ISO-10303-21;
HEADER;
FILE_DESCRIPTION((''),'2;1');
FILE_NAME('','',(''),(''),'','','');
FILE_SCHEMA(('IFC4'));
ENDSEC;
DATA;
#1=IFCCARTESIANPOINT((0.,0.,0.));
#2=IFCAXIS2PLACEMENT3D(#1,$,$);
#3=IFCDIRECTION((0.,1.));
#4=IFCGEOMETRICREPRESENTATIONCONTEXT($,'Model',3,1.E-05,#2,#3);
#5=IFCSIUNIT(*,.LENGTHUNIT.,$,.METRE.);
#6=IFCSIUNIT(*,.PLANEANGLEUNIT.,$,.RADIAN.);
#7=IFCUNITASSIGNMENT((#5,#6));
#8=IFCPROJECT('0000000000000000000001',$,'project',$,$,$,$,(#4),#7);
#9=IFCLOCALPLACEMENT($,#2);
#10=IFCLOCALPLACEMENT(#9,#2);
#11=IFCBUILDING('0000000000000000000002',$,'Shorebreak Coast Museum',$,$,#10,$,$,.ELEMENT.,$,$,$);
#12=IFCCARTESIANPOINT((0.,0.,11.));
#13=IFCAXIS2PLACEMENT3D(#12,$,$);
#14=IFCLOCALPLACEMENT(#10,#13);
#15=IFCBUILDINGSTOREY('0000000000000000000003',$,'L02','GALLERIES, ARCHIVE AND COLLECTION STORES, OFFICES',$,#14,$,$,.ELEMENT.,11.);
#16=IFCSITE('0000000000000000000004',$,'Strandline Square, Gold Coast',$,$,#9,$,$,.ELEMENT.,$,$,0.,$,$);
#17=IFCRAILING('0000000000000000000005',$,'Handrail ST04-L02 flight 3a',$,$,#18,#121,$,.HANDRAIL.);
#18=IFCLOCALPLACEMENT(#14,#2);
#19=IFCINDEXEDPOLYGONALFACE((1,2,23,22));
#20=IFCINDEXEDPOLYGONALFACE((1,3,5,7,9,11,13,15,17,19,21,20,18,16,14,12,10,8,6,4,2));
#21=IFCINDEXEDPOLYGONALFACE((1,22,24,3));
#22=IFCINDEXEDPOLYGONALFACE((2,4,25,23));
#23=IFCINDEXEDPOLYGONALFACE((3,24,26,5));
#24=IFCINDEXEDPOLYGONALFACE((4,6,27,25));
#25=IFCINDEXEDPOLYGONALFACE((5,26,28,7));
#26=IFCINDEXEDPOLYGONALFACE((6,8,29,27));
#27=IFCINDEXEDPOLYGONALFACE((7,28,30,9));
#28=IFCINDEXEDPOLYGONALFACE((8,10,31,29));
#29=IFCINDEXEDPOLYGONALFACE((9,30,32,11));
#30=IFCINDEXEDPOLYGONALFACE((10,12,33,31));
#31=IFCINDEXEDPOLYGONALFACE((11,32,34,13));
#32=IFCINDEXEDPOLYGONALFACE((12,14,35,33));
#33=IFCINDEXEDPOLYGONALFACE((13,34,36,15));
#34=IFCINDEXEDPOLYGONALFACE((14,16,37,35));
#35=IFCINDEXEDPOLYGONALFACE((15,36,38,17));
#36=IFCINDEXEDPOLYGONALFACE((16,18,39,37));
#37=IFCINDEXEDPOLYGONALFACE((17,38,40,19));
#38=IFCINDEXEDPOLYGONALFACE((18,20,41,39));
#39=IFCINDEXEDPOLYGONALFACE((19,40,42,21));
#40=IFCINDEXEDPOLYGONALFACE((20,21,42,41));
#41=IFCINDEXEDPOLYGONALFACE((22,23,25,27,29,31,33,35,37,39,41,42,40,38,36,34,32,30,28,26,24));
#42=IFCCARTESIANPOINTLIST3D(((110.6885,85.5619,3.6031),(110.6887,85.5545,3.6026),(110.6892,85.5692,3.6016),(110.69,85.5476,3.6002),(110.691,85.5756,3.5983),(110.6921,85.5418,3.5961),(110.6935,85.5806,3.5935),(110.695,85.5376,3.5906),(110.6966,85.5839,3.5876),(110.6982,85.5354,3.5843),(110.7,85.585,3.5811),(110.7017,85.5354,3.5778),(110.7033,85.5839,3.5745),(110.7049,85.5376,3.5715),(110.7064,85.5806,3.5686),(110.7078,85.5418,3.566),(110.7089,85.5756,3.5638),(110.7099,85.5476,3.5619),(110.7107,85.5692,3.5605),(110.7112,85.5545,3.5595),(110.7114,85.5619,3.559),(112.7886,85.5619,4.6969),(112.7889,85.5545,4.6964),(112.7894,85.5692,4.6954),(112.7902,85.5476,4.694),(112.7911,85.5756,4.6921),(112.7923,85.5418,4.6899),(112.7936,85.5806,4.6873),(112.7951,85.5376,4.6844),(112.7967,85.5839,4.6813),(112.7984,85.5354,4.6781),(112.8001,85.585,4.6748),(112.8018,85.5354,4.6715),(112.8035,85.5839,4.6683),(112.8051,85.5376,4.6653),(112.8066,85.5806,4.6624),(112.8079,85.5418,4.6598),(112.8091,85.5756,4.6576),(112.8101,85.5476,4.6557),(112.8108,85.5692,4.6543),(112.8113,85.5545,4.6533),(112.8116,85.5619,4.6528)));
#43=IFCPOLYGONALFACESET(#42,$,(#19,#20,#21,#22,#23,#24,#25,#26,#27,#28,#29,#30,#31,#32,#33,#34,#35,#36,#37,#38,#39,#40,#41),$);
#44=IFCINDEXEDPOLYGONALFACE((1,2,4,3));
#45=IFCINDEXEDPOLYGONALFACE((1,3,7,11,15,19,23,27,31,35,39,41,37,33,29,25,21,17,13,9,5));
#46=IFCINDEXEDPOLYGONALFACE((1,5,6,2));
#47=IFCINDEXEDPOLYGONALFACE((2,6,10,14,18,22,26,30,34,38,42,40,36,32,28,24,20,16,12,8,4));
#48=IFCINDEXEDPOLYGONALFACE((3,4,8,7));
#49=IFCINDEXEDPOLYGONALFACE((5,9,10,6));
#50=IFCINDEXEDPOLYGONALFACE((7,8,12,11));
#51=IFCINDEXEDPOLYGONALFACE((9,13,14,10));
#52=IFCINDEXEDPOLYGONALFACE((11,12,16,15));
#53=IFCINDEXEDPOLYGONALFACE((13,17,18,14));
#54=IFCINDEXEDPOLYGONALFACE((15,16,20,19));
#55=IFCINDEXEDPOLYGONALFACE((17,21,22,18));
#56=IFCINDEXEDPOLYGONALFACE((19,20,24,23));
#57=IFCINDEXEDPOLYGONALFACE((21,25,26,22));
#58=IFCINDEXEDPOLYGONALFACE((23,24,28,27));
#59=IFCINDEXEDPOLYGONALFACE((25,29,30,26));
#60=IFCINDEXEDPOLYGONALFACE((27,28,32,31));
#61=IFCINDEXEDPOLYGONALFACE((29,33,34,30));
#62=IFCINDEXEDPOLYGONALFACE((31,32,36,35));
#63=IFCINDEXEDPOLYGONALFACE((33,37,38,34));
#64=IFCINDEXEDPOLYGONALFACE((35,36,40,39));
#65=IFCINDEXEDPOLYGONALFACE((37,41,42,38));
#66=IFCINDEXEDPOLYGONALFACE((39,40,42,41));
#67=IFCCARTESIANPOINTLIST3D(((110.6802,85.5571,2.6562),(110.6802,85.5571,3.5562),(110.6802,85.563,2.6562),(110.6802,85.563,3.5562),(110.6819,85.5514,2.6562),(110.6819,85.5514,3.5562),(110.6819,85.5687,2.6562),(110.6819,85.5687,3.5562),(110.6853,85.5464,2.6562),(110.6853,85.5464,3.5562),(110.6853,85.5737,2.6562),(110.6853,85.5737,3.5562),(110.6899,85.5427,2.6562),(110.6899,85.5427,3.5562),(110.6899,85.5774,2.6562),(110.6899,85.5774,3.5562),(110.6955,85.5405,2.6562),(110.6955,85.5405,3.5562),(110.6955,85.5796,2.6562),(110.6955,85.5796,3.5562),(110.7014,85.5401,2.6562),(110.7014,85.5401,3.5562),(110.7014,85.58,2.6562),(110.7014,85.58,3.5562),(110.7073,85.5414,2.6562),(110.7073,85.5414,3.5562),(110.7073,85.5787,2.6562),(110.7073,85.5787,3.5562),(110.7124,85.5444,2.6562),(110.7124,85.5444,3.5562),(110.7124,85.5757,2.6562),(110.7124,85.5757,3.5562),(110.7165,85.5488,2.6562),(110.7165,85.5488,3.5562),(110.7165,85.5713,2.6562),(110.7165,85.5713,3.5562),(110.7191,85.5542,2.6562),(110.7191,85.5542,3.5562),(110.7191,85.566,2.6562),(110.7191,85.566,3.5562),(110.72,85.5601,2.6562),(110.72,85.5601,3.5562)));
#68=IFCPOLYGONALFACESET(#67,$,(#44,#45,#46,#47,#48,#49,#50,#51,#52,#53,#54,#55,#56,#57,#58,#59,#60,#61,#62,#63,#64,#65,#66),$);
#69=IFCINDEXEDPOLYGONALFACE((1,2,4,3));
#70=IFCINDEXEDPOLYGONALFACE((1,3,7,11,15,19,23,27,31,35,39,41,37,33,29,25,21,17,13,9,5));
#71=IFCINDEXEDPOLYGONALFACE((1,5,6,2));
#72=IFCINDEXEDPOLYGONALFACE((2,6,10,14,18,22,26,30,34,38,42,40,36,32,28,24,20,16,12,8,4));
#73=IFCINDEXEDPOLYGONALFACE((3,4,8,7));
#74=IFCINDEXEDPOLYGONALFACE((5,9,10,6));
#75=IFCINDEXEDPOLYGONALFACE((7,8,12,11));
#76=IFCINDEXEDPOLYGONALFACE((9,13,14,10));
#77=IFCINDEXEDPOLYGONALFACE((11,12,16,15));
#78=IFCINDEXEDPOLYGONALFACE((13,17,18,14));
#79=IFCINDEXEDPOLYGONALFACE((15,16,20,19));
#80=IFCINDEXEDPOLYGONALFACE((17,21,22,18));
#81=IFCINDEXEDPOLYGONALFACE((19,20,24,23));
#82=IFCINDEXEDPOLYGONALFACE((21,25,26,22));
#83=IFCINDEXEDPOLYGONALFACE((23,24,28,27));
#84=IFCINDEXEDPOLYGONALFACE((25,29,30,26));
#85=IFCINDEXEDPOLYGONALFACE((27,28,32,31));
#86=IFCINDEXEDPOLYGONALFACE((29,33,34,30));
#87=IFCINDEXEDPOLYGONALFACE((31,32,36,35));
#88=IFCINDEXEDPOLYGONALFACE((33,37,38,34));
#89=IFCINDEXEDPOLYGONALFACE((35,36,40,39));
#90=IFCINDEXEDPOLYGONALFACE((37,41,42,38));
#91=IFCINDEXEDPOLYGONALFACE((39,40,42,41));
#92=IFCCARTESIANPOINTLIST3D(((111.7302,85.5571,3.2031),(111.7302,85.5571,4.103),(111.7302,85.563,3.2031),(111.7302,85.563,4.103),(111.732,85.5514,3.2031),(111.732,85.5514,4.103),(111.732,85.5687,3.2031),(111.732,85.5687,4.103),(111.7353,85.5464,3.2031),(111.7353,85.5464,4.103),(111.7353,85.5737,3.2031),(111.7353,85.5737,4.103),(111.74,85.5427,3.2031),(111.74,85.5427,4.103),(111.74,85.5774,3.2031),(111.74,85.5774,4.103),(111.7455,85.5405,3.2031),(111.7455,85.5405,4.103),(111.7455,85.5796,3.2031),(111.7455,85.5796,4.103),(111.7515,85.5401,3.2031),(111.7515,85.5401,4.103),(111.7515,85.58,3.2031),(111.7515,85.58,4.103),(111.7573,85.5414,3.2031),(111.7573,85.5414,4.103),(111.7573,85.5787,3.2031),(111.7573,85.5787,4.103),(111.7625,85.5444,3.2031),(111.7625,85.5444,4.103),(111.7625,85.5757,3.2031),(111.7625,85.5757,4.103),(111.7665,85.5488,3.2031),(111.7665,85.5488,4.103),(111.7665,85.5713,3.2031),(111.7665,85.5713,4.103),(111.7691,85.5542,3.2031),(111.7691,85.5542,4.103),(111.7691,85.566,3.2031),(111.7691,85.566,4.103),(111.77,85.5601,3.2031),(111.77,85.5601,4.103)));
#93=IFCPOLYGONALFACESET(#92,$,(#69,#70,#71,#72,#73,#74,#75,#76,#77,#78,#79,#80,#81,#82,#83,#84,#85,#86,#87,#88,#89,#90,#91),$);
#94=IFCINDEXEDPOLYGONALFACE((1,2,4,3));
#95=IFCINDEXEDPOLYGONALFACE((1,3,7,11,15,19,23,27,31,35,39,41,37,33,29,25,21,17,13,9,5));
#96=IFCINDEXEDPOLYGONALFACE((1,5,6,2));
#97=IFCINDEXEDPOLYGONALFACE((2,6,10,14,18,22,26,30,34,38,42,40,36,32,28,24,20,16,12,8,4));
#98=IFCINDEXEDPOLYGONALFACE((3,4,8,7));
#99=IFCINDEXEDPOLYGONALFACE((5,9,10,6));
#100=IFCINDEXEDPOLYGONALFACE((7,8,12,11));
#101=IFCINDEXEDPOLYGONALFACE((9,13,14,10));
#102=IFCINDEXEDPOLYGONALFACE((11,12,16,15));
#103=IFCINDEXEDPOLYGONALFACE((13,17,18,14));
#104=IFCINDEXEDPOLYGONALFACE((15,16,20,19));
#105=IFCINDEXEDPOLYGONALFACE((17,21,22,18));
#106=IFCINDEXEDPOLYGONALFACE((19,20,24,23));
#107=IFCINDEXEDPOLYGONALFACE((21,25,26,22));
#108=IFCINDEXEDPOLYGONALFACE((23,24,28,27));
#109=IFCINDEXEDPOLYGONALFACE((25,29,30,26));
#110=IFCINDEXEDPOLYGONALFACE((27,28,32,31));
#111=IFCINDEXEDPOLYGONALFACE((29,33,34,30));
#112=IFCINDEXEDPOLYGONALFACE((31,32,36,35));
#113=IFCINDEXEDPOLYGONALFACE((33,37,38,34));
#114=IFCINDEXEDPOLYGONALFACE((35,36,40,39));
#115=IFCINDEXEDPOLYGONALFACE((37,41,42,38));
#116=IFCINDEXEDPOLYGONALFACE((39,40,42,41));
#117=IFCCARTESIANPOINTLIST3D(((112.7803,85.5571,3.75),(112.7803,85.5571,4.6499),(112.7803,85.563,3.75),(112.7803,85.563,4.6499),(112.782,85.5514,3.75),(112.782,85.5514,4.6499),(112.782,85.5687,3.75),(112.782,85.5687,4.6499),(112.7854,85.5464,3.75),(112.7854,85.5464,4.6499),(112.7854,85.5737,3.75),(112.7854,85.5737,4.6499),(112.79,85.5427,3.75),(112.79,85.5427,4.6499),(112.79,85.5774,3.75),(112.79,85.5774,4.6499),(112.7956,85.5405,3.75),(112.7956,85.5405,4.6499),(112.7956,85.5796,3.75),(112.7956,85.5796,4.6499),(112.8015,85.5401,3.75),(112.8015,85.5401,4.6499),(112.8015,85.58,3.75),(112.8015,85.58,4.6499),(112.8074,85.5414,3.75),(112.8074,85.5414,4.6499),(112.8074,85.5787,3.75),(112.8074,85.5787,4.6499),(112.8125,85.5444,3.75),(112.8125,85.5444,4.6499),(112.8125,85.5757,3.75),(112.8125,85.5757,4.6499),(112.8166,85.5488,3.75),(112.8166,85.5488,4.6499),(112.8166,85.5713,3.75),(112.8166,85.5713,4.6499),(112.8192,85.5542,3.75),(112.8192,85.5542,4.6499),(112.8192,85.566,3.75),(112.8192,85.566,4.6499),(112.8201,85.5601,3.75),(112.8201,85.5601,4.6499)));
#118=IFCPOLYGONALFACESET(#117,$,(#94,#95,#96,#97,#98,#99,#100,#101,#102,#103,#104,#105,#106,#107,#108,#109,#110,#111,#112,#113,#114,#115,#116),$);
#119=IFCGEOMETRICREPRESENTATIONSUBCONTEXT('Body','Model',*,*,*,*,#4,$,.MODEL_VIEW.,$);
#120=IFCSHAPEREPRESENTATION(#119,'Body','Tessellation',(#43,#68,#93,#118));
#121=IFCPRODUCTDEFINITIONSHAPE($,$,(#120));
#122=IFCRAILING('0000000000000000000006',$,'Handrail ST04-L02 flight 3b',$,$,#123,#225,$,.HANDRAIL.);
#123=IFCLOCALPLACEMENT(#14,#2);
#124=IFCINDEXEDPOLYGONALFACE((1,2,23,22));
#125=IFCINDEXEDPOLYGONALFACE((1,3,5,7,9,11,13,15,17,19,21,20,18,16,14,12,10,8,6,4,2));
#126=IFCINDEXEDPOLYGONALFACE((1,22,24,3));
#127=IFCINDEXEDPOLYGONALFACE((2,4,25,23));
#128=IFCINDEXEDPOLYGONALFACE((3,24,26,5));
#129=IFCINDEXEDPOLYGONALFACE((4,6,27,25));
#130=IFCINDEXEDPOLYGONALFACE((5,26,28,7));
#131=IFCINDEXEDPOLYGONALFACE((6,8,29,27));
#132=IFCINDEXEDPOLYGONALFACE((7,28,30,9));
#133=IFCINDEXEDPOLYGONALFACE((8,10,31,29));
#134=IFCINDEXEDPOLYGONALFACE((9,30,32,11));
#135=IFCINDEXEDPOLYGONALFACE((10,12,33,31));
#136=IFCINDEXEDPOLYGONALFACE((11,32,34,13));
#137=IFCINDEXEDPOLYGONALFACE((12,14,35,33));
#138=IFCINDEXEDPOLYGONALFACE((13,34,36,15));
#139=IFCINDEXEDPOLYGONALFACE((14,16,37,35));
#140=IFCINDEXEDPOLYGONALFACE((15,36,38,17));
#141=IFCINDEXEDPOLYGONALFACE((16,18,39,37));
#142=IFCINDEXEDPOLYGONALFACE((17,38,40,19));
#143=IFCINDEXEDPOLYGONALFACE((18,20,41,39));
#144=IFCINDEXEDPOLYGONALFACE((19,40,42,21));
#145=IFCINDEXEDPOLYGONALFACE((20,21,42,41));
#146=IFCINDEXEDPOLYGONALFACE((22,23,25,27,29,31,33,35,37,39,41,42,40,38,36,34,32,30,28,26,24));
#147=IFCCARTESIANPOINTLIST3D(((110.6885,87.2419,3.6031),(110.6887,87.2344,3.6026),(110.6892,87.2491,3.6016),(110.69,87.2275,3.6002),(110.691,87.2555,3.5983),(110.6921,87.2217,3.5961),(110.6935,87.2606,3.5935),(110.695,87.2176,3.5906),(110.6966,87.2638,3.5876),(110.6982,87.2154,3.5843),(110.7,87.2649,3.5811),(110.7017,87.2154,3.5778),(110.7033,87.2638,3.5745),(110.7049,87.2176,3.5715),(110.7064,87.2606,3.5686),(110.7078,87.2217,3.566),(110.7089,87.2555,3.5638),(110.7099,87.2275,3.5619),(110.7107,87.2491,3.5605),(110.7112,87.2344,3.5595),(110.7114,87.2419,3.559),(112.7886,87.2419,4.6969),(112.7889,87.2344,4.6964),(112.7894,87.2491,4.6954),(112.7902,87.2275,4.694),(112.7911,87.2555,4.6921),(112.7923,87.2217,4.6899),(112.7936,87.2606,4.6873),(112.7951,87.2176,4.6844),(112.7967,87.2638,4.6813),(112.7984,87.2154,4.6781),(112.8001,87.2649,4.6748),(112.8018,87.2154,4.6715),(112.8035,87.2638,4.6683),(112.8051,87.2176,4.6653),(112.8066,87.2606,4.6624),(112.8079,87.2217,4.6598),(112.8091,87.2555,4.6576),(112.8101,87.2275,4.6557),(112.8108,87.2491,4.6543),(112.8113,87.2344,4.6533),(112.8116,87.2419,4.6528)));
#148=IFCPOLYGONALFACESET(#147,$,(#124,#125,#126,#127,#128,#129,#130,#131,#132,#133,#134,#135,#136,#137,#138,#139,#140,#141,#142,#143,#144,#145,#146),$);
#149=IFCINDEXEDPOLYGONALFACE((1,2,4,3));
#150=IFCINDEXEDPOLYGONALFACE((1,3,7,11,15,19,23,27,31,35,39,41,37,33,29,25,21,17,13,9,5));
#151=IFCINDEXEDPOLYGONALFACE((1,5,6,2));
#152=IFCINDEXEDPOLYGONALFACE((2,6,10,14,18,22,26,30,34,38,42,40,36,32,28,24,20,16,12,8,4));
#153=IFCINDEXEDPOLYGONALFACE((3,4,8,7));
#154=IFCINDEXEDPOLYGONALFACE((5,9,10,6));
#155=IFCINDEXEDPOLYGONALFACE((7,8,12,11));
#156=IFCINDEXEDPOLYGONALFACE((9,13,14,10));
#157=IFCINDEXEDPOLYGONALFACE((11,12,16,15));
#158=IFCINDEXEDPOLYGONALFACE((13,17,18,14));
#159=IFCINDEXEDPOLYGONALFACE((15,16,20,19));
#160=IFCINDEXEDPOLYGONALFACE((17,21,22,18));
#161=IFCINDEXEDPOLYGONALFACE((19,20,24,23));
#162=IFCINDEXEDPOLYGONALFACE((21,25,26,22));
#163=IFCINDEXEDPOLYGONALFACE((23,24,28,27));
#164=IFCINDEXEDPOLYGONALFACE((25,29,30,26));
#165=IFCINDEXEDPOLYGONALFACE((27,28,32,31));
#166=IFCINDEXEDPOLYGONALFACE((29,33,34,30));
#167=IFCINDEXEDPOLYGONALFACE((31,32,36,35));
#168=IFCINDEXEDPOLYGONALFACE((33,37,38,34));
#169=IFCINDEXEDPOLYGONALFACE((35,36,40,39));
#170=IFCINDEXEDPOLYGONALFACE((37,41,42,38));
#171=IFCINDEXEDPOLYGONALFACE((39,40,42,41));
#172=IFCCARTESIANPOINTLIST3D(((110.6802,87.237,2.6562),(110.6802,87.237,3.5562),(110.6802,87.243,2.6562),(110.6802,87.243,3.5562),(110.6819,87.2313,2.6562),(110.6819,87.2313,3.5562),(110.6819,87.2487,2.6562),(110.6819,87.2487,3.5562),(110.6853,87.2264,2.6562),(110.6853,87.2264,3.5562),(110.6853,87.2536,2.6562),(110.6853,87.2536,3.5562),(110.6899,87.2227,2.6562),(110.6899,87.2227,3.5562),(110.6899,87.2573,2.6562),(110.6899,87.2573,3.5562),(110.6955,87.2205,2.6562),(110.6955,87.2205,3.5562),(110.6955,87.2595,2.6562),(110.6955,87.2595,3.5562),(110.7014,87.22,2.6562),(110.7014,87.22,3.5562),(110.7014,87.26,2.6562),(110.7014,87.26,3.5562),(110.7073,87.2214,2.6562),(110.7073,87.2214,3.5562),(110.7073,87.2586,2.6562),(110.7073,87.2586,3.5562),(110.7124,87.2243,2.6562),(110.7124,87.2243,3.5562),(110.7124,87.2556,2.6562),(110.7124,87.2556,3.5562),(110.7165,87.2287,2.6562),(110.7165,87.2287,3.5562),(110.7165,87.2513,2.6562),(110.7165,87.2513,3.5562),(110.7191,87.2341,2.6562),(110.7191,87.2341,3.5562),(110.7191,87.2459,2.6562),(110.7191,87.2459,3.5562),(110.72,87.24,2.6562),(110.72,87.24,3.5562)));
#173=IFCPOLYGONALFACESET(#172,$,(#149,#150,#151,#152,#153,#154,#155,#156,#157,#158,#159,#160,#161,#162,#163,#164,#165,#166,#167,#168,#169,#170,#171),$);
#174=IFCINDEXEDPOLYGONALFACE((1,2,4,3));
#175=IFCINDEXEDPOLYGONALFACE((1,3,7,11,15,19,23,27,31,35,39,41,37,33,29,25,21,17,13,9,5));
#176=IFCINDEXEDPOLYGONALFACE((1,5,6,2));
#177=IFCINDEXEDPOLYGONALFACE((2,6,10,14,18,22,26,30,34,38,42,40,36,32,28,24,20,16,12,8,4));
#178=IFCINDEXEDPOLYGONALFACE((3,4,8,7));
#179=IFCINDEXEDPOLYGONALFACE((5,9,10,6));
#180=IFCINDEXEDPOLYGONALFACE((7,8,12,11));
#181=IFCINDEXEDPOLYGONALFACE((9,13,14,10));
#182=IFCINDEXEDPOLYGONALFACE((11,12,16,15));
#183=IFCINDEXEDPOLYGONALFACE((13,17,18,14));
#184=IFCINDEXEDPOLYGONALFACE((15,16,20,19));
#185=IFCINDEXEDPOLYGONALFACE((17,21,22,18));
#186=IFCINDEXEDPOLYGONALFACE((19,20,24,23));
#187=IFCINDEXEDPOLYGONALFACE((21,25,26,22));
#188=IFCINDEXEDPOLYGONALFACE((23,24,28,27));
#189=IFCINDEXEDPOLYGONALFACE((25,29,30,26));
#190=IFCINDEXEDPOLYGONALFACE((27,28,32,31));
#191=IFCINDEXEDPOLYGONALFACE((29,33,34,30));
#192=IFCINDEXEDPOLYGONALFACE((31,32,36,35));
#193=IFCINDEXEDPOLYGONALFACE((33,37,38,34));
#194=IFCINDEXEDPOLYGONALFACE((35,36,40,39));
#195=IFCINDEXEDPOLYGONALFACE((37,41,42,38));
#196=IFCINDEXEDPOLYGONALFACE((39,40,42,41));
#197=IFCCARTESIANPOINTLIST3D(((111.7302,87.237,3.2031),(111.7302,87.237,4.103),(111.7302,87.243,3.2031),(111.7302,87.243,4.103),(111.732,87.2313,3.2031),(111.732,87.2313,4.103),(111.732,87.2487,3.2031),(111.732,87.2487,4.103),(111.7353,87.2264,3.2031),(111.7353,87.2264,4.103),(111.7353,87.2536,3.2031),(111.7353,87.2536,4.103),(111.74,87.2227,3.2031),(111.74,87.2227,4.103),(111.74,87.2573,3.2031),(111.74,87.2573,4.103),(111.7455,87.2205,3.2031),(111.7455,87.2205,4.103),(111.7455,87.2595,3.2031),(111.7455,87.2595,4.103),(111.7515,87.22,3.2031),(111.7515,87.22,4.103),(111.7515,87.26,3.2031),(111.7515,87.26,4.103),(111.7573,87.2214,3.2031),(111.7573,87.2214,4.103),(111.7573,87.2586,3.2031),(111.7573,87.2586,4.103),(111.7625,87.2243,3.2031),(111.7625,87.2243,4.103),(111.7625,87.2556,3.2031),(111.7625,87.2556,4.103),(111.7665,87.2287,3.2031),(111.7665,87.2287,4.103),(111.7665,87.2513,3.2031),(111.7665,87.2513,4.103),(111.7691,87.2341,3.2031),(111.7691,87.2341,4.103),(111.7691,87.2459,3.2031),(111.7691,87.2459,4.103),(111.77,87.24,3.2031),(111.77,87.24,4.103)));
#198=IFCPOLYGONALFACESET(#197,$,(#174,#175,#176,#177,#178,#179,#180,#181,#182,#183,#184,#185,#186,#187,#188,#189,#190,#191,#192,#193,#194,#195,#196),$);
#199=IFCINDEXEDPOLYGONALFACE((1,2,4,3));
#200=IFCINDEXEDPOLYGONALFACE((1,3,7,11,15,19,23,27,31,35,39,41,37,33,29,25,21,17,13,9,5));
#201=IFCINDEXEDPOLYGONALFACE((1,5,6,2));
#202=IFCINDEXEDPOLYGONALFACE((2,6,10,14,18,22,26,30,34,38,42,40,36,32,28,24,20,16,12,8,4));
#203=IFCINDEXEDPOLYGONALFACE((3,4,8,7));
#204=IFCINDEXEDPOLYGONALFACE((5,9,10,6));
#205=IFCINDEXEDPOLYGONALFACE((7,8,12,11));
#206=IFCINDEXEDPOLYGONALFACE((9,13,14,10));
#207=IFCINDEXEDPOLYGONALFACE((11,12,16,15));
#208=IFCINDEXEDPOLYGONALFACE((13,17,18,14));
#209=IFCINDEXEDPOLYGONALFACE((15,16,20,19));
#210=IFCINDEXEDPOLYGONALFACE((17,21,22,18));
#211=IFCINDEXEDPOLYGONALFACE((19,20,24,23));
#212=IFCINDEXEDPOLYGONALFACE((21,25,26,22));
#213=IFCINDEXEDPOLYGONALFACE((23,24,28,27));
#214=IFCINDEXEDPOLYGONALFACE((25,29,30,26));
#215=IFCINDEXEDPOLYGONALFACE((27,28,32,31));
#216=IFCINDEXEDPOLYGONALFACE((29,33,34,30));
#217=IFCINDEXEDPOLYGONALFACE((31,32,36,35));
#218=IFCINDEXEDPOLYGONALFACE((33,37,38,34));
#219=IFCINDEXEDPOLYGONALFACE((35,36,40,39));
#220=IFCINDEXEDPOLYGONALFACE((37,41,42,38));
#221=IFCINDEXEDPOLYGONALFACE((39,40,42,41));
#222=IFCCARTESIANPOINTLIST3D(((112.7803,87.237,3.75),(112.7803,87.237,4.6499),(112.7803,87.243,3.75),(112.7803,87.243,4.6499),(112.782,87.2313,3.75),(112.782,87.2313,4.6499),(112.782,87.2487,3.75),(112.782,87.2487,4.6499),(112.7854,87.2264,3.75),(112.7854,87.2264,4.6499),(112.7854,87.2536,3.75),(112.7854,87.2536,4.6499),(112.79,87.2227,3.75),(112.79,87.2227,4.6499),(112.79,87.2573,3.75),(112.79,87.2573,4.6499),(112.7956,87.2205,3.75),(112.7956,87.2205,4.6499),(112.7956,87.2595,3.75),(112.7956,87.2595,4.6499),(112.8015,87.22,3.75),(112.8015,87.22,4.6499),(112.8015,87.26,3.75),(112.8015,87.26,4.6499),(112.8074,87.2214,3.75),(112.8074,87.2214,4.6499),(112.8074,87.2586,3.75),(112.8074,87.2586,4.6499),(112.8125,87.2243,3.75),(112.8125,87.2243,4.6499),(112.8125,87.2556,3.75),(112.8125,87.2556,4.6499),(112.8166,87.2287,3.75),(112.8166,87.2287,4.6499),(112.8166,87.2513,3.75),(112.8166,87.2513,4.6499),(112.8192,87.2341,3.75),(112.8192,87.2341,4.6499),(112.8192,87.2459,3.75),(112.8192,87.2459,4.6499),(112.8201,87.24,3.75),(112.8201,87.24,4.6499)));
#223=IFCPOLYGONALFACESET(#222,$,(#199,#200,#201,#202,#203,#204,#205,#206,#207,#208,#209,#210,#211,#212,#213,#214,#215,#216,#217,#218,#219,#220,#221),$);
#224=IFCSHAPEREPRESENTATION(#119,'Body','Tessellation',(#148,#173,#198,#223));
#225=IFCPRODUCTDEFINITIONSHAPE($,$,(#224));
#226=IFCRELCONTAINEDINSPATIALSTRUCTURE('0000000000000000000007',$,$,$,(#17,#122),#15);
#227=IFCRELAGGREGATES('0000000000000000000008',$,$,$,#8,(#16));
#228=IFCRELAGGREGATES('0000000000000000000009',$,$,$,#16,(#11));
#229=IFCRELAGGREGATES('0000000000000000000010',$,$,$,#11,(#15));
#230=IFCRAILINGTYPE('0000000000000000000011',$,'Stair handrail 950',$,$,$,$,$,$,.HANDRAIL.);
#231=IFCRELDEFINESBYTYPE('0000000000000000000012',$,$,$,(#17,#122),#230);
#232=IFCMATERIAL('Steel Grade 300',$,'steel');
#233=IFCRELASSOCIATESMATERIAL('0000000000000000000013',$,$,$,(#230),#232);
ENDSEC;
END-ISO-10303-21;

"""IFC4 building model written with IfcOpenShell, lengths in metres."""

from ifc_helpers import new_model, si_unit, direction, frame, origin, origin_2d, place, context, subcontext, project, spatial, circle, extrude, material, type_object, element, save


model = new_model("IFC4")

# Units and contexts
model_context = context("Model", 3, precision=1e-05, world=origin(), true_north=direction((0.0, 1.0)))
body_context = subcontext(model_context, "Body", "Model", "MODEL_VIEW")
ifc_project = project(units=[si_unit("LENGTHUNIT", "METRE"), si_unit("PLANEANGLEUNIT", "RADIAN")], contexts=[model_context])

# Site, building, storey
site_placement = place(None, origin())
site = spatial("IfcSite", under=ifc_project, at=site_placement, Name="Strandline Square, Gold Coast", CompositionType="ELEMENT", RefElevation=0.0)
building_placement = place(site_placement, origin())
building = spatial("IfcBuilding", under=site, at=building_placement, Name="Shorebreak Coast Museum", CompositionType="ELEMENT")
storey_placement = place(building_placement, frame((0.0, 0.0, 11.0)))
storey = spatial("IfcBuildingStorey", under=building, at=storey_placement, Name="L02", Description="GALLERIES, ARCHIVE AND COLLECTION STORES, OFFICES", CompositionType="ELEMENT", Elevation=11.0)

# Railings
ifc_material_1 = material(Name="Steel Grade 300", Category="steel")
railing_type_1 = type_object("IfcRailingType", Name="Stair handrail 950", PredefinedType="HANDRAIL", material=ifc_material_1)
for number, where, name in (
    (1, (110.7, 85.5601, 2.6562), "Handrail ST04-L02 flight 3a"),
    (2, (110.7, 87.24, 2.6562), "Handrail ST04-L02 flight 3b"),
):
    element("IfcRailing", number, at=place(storey_placement, frame(where)), inside=storey, type_object=railing_type_1, Name=name, PredefinedType="HANDRAIL", context=body_context, shape_type="SweptSolid", body=[
        extrude(circle(Radius=0.0249, at=origin_2d()), frame((0.0, 0.0, 0.9248), z_axis=(0.886923, 0.0, 0.461918), x_axis=(0.0, 1.0, 0.0)), (0.0, 0.0, 1.0), 2.3679),
        extrude(circle(Radius=0.02, at=origin_2d()), origin(), (0.0, 0.0, 1.0), 0.8999),
        extrude(circle(Radius=0.02, at=origin_2d()), frame((1.05, 0.0, 0.5469)), (0.0, 0.0, 1.0), 0.8999),
        extrude(circle(Radius=0.02, at=origin_2d()), frame((2.1001, 0.0, 1.0938)), (0.0, 0.0, 1.0), 0.8999),
    ])

save(model, "model.ifc")
